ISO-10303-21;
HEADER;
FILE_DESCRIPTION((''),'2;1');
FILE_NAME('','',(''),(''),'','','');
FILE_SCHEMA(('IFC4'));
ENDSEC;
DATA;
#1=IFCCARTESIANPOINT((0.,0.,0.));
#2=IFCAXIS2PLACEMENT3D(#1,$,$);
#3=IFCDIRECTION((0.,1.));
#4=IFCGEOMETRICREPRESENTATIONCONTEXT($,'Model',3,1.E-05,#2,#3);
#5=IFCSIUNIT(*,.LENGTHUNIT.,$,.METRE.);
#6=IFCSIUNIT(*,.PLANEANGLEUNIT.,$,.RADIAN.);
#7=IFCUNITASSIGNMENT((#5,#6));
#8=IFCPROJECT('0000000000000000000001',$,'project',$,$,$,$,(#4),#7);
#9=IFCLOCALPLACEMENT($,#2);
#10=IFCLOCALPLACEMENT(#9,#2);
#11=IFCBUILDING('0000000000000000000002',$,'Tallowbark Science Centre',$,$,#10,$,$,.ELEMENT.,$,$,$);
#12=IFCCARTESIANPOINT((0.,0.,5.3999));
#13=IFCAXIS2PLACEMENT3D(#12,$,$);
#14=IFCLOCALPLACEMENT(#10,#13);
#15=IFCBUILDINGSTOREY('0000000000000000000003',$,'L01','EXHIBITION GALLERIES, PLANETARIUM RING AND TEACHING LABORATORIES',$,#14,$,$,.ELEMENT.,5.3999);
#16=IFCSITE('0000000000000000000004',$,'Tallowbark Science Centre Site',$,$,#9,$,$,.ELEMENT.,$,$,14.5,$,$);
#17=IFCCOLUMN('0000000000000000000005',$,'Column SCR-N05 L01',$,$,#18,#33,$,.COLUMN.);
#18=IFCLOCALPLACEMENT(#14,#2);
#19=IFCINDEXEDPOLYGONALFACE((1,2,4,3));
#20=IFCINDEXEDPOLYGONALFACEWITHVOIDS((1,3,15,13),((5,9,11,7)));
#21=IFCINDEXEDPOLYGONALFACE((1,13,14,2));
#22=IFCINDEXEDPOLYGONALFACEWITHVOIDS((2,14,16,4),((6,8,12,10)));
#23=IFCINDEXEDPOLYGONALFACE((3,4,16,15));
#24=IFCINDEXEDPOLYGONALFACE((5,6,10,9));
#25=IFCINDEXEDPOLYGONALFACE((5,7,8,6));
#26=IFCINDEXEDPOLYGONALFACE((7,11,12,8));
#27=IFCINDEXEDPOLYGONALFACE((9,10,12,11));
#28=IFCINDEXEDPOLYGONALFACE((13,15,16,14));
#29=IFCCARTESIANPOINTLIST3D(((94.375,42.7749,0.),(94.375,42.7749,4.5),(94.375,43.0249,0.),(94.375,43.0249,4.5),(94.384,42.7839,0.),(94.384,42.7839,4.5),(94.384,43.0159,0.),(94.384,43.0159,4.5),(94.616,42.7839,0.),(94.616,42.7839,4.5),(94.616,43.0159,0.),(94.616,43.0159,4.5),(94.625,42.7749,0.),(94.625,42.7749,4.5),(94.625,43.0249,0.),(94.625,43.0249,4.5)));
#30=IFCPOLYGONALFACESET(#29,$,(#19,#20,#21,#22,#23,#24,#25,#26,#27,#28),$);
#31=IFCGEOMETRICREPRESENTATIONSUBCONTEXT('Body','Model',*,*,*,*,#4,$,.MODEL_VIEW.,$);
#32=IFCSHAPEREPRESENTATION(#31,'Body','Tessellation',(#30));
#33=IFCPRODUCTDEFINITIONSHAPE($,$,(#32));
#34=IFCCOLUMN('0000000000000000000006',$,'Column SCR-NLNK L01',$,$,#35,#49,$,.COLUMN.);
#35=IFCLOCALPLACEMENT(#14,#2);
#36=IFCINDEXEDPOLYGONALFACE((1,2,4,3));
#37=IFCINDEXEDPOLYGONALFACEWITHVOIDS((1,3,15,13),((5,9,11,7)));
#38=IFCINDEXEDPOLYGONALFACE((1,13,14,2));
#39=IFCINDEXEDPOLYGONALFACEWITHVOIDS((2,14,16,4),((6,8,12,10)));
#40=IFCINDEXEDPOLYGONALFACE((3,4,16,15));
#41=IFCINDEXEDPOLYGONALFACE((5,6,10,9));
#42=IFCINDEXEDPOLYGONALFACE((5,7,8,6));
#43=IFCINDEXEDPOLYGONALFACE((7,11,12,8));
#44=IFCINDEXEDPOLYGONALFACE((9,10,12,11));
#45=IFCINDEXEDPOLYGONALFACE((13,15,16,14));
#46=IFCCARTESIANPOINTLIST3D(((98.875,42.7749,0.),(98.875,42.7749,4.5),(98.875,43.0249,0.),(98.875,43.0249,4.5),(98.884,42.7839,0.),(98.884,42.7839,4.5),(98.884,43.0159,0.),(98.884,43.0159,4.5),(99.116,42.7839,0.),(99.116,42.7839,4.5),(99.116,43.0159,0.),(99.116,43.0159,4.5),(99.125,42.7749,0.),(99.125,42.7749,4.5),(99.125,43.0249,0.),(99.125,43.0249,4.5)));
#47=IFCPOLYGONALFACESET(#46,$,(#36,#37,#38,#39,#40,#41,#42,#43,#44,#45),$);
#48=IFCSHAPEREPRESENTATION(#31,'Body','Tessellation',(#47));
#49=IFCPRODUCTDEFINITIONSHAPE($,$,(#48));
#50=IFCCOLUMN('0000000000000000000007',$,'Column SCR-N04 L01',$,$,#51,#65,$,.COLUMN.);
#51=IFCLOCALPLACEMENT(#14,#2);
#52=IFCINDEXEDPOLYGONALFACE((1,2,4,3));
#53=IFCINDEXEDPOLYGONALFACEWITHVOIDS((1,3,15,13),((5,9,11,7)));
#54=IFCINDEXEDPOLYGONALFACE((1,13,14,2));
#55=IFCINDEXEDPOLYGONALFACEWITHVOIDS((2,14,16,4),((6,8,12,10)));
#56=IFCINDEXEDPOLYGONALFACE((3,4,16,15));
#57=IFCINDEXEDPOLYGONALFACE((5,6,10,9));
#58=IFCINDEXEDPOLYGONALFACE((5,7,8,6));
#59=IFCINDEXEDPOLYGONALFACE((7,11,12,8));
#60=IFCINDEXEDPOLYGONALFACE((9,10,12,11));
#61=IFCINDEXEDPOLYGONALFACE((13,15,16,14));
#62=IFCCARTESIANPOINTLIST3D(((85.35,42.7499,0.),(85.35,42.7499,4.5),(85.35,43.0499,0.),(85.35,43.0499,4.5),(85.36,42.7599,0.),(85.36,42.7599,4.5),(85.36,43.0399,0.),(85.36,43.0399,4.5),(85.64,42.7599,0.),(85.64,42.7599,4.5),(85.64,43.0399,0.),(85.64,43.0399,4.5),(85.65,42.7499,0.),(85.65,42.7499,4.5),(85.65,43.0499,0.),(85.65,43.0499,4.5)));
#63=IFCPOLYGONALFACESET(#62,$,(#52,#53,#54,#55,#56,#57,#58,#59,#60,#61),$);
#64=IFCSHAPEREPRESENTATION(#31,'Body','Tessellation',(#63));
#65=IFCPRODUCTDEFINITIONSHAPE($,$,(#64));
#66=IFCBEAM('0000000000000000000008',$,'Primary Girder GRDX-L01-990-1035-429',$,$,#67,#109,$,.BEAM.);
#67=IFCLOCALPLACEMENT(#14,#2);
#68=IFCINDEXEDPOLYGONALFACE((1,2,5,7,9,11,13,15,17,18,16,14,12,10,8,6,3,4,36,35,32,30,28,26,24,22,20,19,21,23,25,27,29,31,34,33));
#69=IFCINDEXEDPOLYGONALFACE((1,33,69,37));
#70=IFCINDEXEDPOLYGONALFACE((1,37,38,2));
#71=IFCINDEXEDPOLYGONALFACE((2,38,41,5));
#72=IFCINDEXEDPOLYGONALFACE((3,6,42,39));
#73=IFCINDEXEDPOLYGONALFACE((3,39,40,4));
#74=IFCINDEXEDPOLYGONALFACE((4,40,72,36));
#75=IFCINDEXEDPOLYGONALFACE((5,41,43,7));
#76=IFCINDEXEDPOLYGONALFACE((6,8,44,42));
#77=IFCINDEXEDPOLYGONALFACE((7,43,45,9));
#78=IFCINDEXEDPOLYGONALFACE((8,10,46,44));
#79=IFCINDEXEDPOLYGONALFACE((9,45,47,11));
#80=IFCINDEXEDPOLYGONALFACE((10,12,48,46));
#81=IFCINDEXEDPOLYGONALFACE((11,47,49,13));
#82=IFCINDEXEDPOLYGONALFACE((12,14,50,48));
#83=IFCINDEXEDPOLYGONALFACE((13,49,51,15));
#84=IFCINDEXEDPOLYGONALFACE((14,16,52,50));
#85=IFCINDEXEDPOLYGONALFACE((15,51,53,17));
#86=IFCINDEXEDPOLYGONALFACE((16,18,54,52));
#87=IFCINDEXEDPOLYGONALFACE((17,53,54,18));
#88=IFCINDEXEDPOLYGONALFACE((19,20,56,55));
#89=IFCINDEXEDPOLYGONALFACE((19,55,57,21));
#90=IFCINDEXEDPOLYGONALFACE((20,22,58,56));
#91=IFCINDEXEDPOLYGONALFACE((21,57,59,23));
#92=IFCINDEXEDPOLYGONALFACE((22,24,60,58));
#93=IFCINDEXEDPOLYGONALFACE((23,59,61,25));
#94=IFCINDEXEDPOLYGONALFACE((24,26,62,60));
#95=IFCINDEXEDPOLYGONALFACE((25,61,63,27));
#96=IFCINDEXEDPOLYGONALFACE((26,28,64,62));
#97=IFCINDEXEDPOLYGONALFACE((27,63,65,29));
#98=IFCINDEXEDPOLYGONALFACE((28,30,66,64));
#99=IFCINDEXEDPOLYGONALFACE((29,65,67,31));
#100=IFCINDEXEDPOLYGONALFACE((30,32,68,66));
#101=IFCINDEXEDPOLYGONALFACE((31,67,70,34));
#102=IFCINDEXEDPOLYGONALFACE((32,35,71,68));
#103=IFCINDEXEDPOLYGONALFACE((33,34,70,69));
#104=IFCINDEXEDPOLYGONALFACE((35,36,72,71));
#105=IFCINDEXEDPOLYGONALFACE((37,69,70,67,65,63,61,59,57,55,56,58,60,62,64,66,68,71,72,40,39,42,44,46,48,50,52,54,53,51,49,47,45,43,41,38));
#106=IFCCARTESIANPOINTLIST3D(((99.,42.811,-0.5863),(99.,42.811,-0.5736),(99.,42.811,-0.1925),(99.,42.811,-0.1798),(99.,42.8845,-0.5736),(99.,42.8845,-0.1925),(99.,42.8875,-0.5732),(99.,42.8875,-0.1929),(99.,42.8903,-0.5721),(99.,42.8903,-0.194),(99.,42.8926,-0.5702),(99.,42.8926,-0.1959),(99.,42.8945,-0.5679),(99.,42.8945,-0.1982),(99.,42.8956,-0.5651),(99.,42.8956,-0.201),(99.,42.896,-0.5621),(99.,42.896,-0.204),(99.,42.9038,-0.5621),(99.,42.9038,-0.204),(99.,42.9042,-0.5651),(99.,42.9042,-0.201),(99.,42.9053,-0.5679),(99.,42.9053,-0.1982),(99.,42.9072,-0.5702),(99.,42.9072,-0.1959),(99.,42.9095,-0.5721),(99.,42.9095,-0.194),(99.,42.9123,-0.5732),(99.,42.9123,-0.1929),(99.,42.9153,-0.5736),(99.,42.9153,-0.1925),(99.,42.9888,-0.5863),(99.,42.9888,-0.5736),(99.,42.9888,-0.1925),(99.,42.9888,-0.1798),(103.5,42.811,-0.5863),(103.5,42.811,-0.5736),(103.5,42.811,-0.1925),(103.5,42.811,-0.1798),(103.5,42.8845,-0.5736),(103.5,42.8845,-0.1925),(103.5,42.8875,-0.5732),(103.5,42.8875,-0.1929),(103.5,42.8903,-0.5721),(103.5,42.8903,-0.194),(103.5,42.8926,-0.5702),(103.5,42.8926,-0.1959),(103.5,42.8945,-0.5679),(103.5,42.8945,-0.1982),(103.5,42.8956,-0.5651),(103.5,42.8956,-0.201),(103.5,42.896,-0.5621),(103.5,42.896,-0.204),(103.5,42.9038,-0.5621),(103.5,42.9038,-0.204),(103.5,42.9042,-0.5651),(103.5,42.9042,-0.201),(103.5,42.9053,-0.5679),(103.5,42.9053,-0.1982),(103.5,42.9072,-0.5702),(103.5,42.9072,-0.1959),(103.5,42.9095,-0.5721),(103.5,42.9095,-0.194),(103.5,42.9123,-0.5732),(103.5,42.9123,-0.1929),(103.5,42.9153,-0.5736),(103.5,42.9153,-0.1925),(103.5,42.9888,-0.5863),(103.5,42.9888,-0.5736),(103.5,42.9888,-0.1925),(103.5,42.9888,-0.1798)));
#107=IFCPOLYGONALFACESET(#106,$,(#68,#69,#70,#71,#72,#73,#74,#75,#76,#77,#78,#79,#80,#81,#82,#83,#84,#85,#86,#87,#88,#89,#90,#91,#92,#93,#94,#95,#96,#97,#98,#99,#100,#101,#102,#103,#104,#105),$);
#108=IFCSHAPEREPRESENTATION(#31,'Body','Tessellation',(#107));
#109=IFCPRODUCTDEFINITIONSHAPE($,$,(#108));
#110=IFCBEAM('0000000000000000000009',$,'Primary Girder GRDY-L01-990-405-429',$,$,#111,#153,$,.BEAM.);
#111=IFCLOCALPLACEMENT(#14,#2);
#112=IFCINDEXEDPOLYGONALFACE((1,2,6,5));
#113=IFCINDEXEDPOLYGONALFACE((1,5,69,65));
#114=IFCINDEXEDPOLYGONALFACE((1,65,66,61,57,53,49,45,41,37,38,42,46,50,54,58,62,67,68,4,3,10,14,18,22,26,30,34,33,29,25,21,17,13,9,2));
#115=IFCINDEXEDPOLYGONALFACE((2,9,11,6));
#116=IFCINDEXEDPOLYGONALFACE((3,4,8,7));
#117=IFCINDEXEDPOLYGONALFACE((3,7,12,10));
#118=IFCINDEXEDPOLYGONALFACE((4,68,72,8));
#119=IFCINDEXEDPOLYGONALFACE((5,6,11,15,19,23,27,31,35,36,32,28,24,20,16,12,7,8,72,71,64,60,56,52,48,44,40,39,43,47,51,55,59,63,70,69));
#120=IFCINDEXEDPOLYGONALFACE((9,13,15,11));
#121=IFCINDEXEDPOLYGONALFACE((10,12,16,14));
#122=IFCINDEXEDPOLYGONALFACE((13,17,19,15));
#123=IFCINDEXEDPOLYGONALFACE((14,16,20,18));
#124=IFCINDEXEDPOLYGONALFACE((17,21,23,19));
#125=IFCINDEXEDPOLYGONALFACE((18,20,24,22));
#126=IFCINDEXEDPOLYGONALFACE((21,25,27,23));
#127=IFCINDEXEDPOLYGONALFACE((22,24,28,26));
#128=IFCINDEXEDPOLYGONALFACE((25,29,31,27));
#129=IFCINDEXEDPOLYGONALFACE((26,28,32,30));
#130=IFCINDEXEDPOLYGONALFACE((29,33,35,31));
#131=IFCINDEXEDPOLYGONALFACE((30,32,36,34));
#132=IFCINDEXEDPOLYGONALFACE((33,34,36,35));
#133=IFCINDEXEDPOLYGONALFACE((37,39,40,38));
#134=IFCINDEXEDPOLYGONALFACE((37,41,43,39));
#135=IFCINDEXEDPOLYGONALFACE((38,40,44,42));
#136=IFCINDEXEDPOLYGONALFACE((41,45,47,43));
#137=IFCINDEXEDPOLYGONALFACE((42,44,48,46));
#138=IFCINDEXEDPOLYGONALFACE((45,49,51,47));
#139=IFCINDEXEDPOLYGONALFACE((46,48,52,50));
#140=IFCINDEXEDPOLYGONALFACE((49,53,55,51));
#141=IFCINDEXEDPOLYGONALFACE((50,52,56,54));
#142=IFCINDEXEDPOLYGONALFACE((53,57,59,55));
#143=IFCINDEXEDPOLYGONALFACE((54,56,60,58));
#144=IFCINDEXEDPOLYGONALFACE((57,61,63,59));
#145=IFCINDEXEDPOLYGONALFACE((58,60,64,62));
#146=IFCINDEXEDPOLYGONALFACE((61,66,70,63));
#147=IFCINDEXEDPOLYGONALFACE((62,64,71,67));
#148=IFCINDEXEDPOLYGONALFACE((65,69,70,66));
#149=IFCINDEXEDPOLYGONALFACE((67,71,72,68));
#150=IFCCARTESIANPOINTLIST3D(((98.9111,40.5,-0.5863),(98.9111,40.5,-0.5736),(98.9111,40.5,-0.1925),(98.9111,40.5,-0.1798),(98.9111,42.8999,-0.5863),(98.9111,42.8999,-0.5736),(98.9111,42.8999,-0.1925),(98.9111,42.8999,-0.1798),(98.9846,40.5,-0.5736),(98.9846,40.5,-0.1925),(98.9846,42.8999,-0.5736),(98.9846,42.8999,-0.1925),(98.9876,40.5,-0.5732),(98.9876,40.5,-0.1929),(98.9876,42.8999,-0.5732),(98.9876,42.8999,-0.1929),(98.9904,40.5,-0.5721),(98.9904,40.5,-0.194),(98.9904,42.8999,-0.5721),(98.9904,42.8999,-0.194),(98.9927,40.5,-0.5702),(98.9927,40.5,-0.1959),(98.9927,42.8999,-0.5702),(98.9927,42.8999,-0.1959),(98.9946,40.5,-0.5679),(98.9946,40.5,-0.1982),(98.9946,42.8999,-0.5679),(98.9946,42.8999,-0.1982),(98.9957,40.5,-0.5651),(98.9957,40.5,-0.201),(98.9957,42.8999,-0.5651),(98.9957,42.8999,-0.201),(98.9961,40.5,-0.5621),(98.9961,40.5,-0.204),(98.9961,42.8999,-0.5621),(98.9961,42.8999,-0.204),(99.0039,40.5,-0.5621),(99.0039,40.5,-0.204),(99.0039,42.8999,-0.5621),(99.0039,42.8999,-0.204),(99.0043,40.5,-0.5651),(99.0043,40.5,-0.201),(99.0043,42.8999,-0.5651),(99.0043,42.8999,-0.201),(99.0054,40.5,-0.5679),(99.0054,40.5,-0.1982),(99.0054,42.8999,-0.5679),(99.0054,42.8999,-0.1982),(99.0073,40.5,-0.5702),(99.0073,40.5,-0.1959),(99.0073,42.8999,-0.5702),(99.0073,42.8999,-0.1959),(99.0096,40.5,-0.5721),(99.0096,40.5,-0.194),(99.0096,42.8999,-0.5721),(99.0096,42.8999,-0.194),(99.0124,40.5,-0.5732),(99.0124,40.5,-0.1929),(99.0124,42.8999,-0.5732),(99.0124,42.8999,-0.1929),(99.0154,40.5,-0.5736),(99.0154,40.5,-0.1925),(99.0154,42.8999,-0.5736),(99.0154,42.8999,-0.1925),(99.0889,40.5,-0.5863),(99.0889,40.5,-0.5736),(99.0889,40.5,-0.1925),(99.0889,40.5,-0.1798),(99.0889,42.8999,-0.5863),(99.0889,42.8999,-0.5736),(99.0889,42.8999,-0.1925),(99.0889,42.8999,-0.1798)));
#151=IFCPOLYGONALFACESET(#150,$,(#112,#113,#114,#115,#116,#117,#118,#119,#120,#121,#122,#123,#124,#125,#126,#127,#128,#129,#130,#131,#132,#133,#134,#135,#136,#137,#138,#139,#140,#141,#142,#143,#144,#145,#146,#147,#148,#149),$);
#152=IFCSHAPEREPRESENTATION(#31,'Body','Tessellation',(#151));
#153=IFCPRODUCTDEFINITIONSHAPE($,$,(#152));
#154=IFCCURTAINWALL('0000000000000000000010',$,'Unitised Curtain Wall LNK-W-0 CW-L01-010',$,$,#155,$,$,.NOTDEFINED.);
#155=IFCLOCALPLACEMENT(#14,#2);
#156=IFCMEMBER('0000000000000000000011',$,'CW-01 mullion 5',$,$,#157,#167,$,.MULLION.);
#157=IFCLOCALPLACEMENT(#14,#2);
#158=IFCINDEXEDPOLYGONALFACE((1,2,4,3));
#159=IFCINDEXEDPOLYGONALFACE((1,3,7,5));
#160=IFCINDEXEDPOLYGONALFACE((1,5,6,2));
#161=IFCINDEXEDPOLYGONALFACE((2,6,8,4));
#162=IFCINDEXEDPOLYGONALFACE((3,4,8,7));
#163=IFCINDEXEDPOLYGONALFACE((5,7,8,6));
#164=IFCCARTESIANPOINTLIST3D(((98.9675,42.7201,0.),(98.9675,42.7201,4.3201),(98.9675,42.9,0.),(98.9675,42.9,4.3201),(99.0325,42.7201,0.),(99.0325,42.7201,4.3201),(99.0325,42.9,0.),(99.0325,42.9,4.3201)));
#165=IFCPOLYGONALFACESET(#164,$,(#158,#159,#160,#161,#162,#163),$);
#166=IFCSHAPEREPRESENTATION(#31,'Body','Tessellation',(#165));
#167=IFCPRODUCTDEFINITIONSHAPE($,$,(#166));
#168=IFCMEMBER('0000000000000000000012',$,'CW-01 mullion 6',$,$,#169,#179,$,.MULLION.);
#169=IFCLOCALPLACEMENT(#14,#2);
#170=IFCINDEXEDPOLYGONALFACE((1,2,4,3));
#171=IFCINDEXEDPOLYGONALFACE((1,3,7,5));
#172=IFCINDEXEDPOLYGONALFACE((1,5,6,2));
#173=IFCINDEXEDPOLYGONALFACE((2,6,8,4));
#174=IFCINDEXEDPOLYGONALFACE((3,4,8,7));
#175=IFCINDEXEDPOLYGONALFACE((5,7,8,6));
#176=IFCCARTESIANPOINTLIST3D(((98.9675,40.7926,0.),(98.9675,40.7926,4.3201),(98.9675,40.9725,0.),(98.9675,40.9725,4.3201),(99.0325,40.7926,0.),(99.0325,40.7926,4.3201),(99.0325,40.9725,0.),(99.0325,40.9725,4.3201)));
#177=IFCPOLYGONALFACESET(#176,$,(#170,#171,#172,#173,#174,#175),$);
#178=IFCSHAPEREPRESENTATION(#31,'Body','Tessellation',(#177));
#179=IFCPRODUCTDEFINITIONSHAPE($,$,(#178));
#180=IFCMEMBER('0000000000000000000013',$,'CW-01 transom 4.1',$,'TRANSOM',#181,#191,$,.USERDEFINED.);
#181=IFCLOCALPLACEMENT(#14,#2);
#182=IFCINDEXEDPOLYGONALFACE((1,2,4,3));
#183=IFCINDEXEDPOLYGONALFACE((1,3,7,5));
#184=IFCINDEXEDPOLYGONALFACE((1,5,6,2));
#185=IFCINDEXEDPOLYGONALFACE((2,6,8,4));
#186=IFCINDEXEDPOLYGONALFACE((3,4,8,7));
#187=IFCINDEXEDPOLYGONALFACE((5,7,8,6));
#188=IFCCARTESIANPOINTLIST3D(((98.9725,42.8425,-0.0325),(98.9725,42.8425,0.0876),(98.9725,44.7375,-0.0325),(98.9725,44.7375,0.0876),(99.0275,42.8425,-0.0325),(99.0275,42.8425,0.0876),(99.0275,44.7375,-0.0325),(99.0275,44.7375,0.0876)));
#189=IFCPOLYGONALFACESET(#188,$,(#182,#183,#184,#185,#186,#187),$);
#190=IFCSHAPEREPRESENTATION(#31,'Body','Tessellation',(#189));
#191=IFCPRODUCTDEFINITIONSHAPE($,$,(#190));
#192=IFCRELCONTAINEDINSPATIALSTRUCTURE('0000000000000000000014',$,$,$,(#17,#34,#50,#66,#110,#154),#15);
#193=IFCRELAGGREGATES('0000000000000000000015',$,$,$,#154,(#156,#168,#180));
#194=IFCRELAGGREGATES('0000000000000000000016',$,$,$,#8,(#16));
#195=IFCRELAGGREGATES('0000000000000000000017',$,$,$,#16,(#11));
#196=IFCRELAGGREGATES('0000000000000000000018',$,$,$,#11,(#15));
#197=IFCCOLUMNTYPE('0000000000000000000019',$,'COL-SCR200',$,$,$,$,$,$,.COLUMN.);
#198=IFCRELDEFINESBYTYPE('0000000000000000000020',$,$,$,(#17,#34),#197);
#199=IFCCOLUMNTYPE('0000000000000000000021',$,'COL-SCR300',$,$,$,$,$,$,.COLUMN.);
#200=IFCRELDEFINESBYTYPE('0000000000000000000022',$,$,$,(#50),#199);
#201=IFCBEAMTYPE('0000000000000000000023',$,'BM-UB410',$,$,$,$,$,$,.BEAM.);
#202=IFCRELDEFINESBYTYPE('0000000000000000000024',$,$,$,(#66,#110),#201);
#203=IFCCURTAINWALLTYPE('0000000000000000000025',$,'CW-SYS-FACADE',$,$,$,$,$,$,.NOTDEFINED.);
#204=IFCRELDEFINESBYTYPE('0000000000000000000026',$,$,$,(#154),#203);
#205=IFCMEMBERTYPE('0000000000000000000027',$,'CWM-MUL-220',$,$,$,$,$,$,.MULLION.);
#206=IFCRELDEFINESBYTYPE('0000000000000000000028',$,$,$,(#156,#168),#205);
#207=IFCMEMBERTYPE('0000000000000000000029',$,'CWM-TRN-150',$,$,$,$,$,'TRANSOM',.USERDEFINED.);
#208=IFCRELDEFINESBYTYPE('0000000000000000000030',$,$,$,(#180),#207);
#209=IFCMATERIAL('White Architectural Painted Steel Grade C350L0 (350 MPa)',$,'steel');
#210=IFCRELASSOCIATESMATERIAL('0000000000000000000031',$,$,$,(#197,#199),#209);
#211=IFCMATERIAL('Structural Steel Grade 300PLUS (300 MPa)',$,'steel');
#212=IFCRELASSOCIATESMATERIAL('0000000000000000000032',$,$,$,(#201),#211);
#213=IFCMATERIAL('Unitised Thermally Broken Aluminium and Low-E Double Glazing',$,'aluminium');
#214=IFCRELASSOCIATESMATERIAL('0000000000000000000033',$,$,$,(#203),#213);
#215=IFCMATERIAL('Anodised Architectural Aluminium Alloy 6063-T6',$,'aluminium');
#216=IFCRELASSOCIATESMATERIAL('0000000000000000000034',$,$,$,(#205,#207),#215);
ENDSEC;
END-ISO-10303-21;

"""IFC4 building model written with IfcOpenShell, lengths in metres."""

from ifc_helpers import new_model, si_unit, direction, frame, origin, origin_2d, place, context, subcontext, project, spatial, rectangle, hollow_rectangle, i_section, extrude, material, material_profile, profile_set, type_object, element, aggregate, save


model = new_model("IFC4")

# Units and contexts
model_context = context("Model", 3, precision=1e-05, world=origin(), true_north=direction((0.0, 1.0)))
body_context = subcontext(model_context, "Body", "Model", "MODEL_VIEW")
ifc_project = project(units=[si_unit("LENGTHUNIT", "METRE"), si_unit("PLANEANGLEUNIT", "RADIAN")], contexts=[model_context])

# Site, building, storey
site_placement = place(None, origin())
site = spatial("IfcSite", under=ifc_project, at=site_placement, Name="Tallowbark Science Centre Site", CompositionType="ELEMENT", RefElevation=14.5)
building_placement = place(site_placement, origin())
building = spatial("IfcBuilding", under=site, at=building_placement, Name="Tallowbark Science Centre", CompositionType="ELEMENT")
storey_placement = place(building_placement, frame((0.0, 0.0, 5.3999)))
storey = spatial("IfcBuildingStorey", under=building, at=storey_placement, Name="L01", Description="EXHIBITION GALLERIES, PLANETARIUM RING AND TEACHING LABORATORIES", CompositionType="ELEMENT", Elevation=5.3999)

# Columns
ifc_material_1 = material(Name="White Architectural Painted Steel Grade C350L0 (350 MPa)", Category="steel")
ifc_material_profile_1 = material_profile(ifc_material_1, hollow_rectangle(XDim=0.25, YDim=0.25, WallThickness=0.009, at=origin_2d()), Name="250x250x9.0SHS")
ifc_profile_set_1 = profile_set([ifc_material_profile_1], Name="White Architectural Painted Steel Grade C350L0 (350 MPa)")
column_type_1 = type_object("IfcColumnType", Name="COL-SCR200", PredefinedType="COLUMN", material=ifc_profile_set_1)
for number, where, z_axis, x_axis, name in (
    (1, (94.5, 42.8999, 0.0), (0.0, 0.0, 1.0), (1.0, 0.0, 0.0), "Column SCR-N05 L01"),
    (2, (99.0, 42.8999, 0.0), (0.0, 0.0, 1.0), (1.0, 0.0, 0.0), "Column SCR-NLNK L01"),
):
    element("IfcColumn", number, at=place(storey_placement, frame(where, z_axis=z_axis, x_axis=x_axis)), inside=storey, type_object=column_type_1, Name=name, PredefinedType="COLUMN", context=body_context, shape_type="SweptSolid", body=[
        extrude(hollow_rectangle(XDim=0.25, YDim=0.25, WallThickness=0.009, at=origin_2d()), origin(), (0.0, 0.0, 1.0), 4.5),
    ])
ifc_material_profile_2 = material_profile(ifc_material_1, hollow_rectangle(XDim=0.3, YDim=0.3, WallThickness=0.01, at=origin_2d()), Name="300x300x10.0SHS")
ifc_profile_set_2 = profile_set([ifc_material_profile_2], Name="White Architectural Painted Steel Grade C350L0 (350 MPa)")
column_type_2 = type_object("IfcColumnType", Name="COL-SCR300", PredefinedType="COLUMN", material=ifc_profile_set_2)
column_placement = place(storey_placement, frame((85.5, 42.8999, 0.0), z_axis=(0.0, 0.0, 1.0), x_axis=(1.0, 0.0, 0.0)))
element("IfcColumn", 3, at=column_placement, inside=storey, type_object=column_type_2, Name="Column SCR-N04 L01", PredefinedType="COLUMN", context=body_context, shape_type="SweptSolid", body=[
    extrude(hollow_rectangle(XDim=0.3, YDim=0.3, WallThickness=0.01, at=origin_2d()), origin(), (0.0, 0.0, 1.0), 4.5),
])

# Beams
ifc_material_2 = material(Name="Structural Steel Grade 300PLUS (300 MPa)", Category="steel")
ifc_material_profile_3 = material_profile(ifc_material_2, i_section(OverallWidth=0.1777, OverallDepth=0.4065, WebThickness=0.0078, FlangeThickness=0.0127, FilletRadius=0.0115, at=origin_2d()), Name="410UB59.7")
ifc_profile_set_3 = profile_set([ifc_material_profile_3], Name="Structural Steel Grade 300PLUS (300 MPa)")
beam_type = type_object("IfcBeamType", Name="BM-UB410", PredefinedType="BEAM", material=ifc_profile_set_3)
beam_1_placement = place(storey_placement, frame((99.0, 42.8999, -0.3831), z_axis=(1.0, 0.0, 0.0), x_axis=(0.0, 1.0, 0.0)))
element("IfcBeam", 4, at=beam_1_placement, inside=storey, type_object=beam_type, Name="Primary Girder GRDX-L01-990-1035-429", PredefinedType="BEAM", context=body_context, shape_type="SweptSolid", body=[
    extrude(i_section(OverallWidth=0.1777, OverallDepth=0.4065, WebThickness=0.0078, FlangeThickness=0.0127, FilletRadius=0.0115, at=origin_2d()), origin(), (0.0, 0.0, 1.0), 4.5),
])
beam_2_placement = place(storey_placement, frame((99.0, 40.5, -0.3831), z_axis=(0.0, 1.0, 0.0), x_axis=(-1.0, 0.0, 0.0)))
element("IfcBeam", 5, at=beam_2_placement, inside=storey, type_object=beam_type, Name="Primary Girder GRDY-L01-990-405-429", PredefinedType="BEAM", context=body_context, shape_type="SweptSolid", body=[
    extrude(i_section(OverallWidth=0.1777, OverallDepth=0.4065, WebThickness=0.0078, FlangeThickness=0.0127, FilletRadius=0.0115, at=origin_2d()), origin(), (0.0, 0.0, 1.0), 2.3999),
])

# Curtain wall, members
ifc_material_3 = material(Name="Unitised Thermally Broken Aluminium and Low-E Double Glazing", Category="aluminium")
curtain_wall_type = type_object("IfcCurtainWallType", Name="CW-SYS-FACADE", PredefinedType="NOTDEFINED", material=ifc_material_3)
curtain_wall_placement = place(storey_placement, origin())
curtain_wall = element("IfcCurtainWall", 6, at=curtain_wall_placement, inside=storey, type_object=curtain_wall_type, Name="Unitised Curtain Wall LNK-W-0 CW-L01-010", PredefinedType="NOTDEFINED")
ifc_material_4 = material(Name="Anodised Architectural Aluminium Alloy 6063-T6", Category="aluminium")
ifc_material_profile_4 = material_profile(ifc_material_4, rectangle(XDim=0.0649, YDim=0.1799, at=origin_2d()), Name="ALU65x180")
ifc_profile_set_4 = profile_set([ifc_material_profile_4], Name="Anodised Architectural Aluminium Alloy 6063-T6")
member_type_1 = type_object("IfcMemberType", Name="CWM-MUL-220", PredefinedType="MULLION", material=ifc_profile_set_4)
member_1_placement = place(storey_placement, frame((99.0, 42.8101, 0.0), z_axis=(0.0, 0.0, 1.0), x_axis=(1.0, 0.0, 0.0)))
member_1 = element("IfcMember", 7, at=member_1_placement, type_object=member_type_1, Name="CW-01 mullion 5", PredefinedType="MULLION", context=body_context, shape_type="SweptSolid", body=[
    extrude(rectangle(XDim=0.0649, YDim=0.1799, at=origin_2d()), origin(), (0.0, 0.0, 1.0), 4.3201),
])
member_2_placement = place(storey_placement, frame((99.0, 40.8826, 0.0), z_axis=(0.0, 0.0, 1.0), x_axis=(1.0, 0.0, 0.0)))
member_2 = element("IfcMember", 8, at=member_2_placement, type_object=member_type_1, Name="CW-01 mullion 6", PredefinedType="MULLION", context=body_context, shape_type="SweptSolid", body=[
    extrude(rectangle(XDim=0.0649, YDim=0.1799, at=origin_2d()), origin(), (0.0, 0.0, 1.0), 4.3201),
])
ifc_material_profile_5 = material_profile(ifc_material_4, rectangle(XDim=0.0549, YDim=0.1201, at=origin_2d()), Name="ALU55x120")
ifc_profile_set_5 = profile_set([ifc_material_profile_5], Name="Anodised Architectural Aluminium Alloy 6063-T6")
member_type_2 = type_object("IfcMemberType", Name="CWM-TRN-150", ElementType="TRANSOM", PredefinedType="USERDEFINED", material=ifc_profile_set_5)
member_3_placement = place(storey_placement, frame((99.0, 44.7375, 0.0276), z_axis=(0.0, -1.0, 0.0), x_axis=(1.0, 0.0, 0.0)))
member_3 = element("IfcMember", 9, at=member_3_placement, type_object=member_type_2, Name="CW-01 transom 4.1", ObjectType="TRANSOM", PredefinedType="USERDEFINED", context=body_context, shape_type="SweptSolid", body=[
    extrude(rectangle(XDim=0.0549, YDim=0.1201, at=origin_2d()), origin(), (0.0, 0.0, 1.0), 1.895),
])
aggregate(curtain_wall, [member_1, member_2, member_3])

save(model, "model.ifc")
